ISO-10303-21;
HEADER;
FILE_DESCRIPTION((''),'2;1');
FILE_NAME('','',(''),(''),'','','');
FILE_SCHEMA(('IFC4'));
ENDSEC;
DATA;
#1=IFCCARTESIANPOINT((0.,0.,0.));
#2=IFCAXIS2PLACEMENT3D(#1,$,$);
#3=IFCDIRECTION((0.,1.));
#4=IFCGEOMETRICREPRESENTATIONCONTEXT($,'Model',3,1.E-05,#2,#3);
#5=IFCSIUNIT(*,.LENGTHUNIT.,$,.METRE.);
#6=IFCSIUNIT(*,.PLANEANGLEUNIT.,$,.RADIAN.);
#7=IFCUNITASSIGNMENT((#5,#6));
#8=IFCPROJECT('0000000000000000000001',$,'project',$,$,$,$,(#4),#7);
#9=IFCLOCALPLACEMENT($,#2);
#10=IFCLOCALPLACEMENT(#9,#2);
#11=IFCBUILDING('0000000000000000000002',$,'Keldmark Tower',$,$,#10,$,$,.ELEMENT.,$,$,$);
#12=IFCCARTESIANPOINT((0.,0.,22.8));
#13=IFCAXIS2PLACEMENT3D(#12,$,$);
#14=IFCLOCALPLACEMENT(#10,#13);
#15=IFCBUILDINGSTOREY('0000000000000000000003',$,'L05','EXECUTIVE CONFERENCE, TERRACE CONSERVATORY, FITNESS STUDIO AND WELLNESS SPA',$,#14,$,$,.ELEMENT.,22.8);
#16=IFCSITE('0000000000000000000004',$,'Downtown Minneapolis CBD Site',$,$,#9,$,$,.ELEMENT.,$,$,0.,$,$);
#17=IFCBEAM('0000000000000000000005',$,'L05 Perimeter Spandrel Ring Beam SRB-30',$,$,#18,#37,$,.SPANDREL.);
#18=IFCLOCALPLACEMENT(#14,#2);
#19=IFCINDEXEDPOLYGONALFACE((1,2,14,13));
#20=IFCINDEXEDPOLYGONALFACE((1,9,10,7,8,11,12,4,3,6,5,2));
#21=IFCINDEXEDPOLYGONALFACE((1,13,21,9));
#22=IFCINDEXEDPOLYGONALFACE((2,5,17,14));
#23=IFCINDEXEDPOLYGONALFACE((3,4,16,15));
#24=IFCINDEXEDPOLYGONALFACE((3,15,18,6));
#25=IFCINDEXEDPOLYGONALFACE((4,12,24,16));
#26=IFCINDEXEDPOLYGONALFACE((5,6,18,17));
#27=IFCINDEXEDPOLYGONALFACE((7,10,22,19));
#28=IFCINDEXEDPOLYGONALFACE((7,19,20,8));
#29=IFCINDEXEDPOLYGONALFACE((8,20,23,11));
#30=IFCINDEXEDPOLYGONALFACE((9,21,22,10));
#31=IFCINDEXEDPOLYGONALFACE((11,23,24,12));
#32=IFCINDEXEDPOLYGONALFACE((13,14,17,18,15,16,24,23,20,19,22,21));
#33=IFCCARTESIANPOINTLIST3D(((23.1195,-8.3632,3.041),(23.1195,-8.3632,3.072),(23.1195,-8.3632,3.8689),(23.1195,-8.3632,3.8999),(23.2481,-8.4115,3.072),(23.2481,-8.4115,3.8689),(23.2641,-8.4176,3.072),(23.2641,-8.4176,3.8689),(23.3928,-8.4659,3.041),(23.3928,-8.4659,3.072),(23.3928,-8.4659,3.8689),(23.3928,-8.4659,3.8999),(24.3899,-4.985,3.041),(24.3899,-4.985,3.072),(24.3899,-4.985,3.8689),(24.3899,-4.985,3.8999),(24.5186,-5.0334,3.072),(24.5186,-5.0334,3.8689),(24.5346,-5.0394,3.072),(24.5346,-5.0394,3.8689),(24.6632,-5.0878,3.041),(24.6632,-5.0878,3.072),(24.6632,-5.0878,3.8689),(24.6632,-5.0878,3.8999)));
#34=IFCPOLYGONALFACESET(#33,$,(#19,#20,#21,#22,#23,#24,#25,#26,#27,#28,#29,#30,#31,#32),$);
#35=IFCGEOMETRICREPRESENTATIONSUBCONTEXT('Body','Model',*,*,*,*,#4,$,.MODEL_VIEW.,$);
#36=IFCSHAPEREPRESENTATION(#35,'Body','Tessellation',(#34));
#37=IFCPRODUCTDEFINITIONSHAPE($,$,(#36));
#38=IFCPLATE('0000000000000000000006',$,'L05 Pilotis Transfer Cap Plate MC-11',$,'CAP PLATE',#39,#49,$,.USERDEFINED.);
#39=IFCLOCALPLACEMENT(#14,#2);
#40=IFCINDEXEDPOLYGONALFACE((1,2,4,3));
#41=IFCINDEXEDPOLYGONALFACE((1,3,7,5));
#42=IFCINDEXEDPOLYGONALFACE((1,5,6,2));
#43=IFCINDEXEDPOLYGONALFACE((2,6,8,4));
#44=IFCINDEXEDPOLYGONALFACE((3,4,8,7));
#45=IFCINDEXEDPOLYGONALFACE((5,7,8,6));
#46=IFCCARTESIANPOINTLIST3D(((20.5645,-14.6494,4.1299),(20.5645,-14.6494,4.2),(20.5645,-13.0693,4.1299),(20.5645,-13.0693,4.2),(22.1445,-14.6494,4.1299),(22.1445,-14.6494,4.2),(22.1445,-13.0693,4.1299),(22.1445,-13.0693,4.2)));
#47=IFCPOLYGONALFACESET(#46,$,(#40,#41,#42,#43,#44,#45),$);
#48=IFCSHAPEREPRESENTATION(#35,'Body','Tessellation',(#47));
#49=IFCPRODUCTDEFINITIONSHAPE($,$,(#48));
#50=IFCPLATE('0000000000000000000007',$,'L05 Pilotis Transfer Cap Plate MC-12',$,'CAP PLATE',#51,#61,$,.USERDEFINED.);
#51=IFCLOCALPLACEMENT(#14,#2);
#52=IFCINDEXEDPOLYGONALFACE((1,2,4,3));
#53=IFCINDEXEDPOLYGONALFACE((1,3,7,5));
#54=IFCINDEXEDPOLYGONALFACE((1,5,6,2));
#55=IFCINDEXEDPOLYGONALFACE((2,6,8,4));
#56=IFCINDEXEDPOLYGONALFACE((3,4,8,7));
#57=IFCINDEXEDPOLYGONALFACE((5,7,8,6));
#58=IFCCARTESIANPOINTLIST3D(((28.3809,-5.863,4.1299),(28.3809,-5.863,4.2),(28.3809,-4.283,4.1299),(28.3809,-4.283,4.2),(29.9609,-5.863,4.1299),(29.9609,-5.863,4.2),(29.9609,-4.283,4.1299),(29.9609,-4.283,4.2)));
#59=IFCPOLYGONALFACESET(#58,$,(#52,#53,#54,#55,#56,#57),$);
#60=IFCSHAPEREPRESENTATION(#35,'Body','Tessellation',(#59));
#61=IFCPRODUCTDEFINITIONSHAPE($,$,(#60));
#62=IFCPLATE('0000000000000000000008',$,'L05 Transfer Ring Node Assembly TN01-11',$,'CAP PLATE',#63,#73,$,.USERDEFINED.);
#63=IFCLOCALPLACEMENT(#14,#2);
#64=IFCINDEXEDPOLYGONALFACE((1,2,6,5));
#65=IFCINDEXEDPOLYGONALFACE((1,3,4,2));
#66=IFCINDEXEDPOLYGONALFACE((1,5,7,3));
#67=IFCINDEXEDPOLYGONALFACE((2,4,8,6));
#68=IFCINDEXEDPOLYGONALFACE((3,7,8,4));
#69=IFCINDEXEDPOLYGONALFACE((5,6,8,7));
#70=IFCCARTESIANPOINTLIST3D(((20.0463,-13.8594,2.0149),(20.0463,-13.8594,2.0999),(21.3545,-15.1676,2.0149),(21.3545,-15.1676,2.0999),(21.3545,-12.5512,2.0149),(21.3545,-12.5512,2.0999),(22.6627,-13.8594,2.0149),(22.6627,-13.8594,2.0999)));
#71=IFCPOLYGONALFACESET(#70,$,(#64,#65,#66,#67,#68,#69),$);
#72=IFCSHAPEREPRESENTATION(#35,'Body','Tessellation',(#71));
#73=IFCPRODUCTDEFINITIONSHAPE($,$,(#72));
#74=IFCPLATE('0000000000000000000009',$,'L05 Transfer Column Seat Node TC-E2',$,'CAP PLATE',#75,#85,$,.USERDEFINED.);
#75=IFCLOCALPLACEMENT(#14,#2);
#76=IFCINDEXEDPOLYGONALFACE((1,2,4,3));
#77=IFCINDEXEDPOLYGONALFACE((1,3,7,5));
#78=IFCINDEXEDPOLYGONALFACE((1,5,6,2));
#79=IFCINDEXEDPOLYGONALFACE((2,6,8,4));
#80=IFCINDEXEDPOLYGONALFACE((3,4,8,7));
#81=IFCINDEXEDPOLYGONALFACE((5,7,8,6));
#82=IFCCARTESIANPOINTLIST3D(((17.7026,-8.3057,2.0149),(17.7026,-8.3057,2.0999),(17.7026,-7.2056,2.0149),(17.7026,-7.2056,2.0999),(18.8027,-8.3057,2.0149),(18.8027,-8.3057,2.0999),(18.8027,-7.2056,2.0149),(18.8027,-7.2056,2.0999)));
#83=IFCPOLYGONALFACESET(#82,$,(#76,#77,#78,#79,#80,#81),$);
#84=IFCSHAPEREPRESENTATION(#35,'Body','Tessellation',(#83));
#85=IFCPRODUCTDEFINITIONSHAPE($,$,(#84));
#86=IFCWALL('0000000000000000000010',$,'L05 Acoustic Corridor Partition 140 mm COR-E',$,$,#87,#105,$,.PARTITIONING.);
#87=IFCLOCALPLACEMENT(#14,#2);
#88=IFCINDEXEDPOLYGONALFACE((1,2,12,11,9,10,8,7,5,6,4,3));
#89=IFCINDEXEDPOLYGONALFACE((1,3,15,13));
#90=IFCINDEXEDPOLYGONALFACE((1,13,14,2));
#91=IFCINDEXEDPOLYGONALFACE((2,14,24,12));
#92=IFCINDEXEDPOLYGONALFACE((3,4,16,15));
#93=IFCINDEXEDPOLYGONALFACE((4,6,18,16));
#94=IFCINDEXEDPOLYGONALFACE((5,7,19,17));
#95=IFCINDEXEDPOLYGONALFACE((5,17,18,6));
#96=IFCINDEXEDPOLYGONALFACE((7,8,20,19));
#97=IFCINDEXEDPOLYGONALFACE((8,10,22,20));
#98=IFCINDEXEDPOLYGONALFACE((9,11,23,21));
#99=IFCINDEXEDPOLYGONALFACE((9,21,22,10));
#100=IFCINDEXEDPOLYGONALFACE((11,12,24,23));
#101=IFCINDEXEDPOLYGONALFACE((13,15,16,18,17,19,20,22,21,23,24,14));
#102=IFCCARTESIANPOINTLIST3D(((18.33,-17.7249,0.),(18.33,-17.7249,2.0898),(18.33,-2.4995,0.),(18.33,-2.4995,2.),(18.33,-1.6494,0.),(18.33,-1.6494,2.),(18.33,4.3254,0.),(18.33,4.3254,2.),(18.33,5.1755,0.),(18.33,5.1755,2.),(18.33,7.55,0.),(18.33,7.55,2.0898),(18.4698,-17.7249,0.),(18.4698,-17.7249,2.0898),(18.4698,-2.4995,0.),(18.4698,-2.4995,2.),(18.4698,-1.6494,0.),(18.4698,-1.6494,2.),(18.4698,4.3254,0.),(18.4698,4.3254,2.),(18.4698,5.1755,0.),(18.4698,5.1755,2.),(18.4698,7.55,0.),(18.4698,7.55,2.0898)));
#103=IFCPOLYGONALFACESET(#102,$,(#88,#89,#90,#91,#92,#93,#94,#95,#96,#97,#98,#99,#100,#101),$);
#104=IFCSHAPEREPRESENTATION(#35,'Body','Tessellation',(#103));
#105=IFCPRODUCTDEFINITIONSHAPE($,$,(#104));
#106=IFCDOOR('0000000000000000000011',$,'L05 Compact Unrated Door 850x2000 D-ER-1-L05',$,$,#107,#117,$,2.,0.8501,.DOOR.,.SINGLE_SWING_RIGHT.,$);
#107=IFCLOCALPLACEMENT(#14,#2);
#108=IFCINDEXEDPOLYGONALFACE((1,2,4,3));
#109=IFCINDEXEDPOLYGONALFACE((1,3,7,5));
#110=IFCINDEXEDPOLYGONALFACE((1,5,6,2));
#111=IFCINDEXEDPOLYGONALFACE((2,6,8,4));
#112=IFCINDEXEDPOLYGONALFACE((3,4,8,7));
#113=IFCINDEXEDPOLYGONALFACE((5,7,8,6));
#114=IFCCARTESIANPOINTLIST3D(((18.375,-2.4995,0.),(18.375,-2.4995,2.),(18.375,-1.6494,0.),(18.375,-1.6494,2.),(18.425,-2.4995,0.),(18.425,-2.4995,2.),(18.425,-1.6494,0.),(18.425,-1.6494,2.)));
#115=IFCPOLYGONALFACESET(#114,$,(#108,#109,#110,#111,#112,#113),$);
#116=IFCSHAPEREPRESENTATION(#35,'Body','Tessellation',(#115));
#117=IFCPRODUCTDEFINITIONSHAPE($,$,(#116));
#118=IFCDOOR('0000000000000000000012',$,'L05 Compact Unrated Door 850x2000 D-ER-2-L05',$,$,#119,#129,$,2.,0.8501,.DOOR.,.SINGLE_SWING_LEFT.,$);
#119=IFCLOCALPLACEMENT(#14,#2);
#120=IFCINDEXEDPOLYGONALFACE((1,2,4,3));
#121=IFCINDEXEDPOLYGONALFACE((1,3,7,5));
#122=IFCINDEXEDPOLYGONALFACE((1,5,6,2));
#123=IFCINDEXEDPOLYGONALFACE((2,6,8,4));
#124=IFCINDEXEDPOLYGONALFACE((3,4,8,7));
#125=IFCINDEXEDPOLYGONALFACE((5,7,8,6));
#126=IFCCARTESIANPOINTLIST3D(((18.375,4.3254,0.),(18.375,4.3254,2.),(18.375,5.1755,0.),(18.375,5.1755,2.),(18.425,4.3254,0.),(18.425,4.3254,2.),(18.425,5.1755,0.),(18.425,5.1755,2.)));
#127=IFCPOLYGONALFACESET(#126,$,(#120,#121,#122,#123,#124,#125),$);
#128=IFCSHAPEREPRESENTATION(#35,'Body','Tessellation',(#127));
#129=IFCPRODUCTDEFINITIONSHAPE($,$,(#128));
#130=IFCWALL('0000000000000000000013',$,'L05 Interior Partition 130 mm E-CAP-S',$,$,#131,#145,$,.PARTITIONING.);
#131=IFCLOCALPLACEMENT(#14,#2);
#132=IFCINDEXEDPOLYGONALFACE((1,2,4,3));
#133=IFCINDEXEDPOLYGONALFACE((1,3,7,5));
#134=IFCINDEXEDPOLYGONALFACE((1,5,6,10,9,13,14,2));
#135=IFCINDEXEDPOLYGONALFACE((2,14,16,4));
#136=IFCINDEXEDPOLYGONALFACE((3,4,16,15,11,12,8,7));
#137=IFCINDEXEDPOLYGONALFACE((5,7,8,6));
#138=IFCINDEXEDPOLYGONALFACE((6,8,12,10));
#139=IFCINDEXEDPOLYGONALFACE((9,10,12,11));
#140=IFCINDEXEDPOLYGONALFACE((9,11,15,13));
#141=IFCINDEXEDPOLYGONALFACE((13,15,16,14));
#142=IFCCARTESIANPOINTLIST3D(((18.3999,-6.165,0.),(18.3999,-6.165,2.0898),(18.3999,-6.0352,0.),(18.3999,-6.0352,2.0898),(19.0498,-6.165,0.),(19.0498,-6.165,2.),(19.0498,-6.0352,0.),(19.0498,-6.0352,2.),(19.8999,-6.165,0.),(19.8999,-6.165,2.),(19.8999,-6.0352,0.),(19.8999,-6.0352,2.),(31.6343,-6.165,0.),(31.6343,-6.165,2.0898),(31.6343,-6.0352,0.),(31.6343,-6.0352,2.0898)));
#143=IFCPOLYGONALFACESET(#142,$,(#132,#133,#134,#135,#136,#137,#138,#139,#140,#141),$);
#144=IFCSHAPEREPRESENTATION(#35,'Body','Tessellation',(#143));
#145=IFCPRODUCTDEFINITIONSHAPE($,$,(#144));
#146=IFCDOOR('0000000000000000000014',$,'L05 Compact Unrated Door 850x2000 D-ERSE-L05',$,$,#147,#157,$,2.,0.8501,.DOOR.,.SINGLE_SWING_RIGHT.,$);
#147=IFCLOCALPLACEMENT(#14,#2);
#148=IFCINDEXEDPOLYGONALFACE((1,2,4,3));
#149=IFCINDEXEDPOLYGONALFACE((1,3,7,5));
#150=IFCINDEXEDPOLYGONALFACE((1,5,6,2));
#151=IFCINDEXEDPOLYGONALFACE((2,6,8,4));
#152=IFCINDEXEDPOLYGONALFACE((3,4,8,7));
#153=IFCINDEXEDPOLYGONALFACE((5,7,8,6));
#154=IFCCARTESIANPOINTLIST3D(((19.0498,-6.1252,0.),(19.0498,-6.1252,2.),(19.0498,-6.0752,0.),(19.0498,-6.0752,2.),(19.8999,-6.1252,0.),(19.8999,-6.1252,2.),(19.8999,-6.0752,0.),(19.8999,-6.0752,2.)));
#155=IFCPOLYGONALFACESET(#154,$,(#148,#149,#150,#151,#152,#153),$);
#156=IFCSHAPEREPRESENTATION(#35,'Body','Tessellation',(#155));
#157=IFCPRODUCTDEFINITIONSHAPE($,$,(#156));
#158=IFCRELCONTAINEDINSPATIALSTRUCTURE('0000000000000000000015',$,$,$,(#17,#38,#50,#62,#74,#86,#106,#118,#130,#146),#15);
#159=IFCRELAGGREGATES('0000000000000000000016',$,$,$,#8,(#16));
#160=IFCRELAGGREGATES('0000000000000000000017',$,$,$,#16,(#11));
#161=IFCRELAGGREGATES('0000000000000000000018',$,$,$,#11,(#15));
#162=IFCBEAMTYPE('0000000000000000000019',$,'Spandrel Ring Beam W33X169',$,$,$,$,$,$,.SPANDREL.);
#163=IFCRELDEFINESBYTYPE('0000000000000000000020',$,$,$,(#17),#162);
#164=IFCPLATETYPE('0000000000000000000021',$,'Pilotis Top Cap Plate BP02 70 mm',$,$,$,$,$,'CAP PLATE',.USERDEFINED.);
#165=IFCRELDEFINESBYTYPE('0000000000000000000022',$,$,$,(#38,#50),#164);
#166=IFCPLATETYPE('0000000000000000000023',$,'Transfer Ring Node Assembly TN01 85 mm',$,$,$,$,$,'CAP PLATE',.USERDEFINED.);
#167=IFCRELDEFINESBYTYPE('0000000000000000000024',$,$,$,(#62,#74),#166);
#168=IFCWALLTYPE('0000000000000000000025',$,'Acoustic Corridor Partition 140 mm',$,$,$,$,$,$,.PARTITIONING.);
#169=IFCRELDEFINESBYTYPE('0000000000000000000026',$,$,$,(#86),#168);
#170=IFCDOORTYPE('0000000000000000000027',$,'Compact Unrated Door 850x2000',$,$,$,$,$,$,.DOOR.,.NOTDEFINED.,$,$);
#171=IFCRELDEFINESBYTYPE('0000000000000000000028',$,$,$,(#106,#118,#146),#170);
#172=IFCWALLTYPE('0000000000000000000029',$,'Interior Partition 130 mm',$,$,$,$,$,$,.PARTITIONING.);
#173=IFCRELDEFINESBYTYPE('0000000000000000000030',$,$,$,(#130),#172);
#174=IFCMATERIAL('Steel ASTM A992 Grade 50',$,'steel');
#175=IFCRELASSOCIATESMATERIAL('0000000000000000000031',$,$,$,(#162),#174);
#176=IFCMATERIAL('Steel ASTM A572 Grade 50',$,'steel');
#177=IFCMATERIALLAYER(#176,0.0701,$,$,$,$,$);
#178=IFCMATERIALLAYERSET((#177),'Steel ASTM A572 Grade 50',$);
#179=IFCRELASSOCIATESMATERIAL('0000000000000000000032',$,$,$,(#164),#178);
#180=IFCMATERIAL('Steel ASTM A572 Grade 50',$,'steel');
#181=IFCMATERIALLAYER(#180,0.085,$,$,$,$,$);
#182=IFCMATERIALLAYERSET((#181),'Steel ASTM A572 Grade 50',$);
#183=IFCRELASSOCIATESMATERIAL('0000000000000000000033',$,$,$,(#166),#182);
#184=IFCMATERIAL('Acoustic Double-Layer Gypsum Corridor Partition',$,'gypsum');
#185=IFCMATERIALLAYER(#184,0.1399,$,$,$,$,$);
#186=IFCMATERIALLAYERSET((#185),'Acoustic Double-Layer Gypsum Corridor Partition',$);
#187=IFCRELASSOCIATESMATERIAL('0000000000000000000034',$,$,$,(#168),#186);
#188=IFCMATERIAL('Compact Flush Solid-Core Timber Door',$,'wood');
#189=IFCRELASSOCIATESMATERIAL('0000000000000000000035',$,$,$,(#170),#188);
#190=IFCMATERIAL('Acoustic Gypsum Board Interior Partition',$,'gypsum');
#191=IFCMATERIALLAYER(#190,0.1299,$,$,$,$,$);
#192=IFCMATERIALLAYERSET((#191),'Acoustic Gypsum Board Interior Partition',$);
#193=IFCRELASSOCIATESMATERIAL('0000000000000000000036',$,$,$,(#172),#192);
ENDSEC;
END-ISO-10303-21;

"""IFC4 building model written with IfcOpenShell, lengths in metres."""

from ifc_helpers import new_model, si_unit, direction, frame, frame_2d, origin, origin_2d, place, context, subcontext, project, spatial, rectangle, i_section, extrude, material, layer, layer_set, material_profile, profile_set, type_object, element, fill, save


model = new_model("IFC4")

# Units and contexts
model_context = context("Model", 3, precision=1e-05, world=origin(), true_north=direction((0.0, 1.0)))
body_context = subcontext(model_context, "Body", "Model", "MODEL_VIEW")
ifc_project = project(units=[si_unit("LENGTHUNIT", "METRE"), si_unit("PLANEANGLEUNIT", "RADIAN")], contexts=[model_context])

# Site, building, storey
site_placement = place(None, origin())
site = spatial("IfcSite", under=ifc_project, at=site_placement, Name="Downtown Minneapolis CBD Site", CompositionType="ELEMENT", RefElevation=0.0)
building_placement = place(site_placement, origin())
building = spatial("IfcBuilding", under=site, at=building_placement, Name="Keldmark Tower", CompositionType="ELEMENT")
storey_placement = place(building_placement, frame((0.0, 0.0, 22.8)))
storey = spatial("IfcBuildingStorey", under=building, at=storey_placement, Name="L05", Description="EXECUTIVE CONFERENCE, TERRACE CONSERVATORY, FITNESS STUDIO AND WELLNESS SPA", CompositionType="ELEMENT", Elevation=22.8)

# Beam
ifc_material_1 = material(Name="Steel ASTM A992 Grade 50", Category="steel")
ifc_material_profile_1 = material_profile(ifc_material_1, i_section(OverallWidth=0.292, OverallDepth=0.8589, WebThickness=0.0171, FlangeThickness=0.031, at=origin_2d()), Name="W33X169")
ifc_profile_set_1 = profile_set([ifc_material_profile_1], Name="Steel ASTM A992 Grade 50")
beam_type_1 = type_object("IfcBeamType", Name="Spandrel Ring Beam W33X169", PredefinedType="SPANDREL", material=ifc_profile_set_1)
beam_1_placement = place(storey_placement, frame((23.2561, -8.4146, 3.4705), z_axis=(0.35202, 0.935992, 0.0), x_axis=(-0.935992, 0.35202, 0.0)))
element("IfcBeam", 1, at=beam_1_placement, inside=storey, type_object=beam_type_1, Name="L05 Perimeter Spandrel Ring Beam SRB-30", PredefinedType="SPANDREL", context=body_context, shape_type="SweptSolid", body=[
    extrude(i_section(OverallWidth=0.292, OverallDepth=0.8589, WebThickness=0.0171, FlangeThickness=0.031, at=origin_2d()), origin(), (0.0, 0.0, 1.0), 3.6091),
])

# Plates
ifc_material_2 = material(Name="Steel ASTM A572 Grade 50", Category="steel")
ifc_layer_1 = layer(ifc_material_2, 0.0701)
ifc_layer_set_1 = layer_set([ifc_layer_1], Name="Steel ASTM A572 Grade 50")
plate_type_1 = type_object("IfcPlateType", Name="Pilotis Top Cap Plate BP02 70 mm", ElementType="CAP PLATE", PredefinedType="USERDEFINED", material=ifc_layer_set_1)
for number, where, z_axis, x_axis, name in (
    (2, (21.3545, -13.8594, 4.1299), (0.0, 0.0, 1.0), (1.0, 0.0, 0.0), "L05 Pilotis Transfer Cap Plate MC-11"),
    (3, (29.1709, -5.073, 4.1299), (0.0, 0.0, 1.0), (1.0, 0.0, 0.0), "L05 Pilotis Transfer Cap Plate MC-12"),
):
    element("IfcPlate", number, at=place(storey_placement, frame(where, z_axis=z_axis, x_axis=x_axis)), inside=storey, type_object=plate_type_1, Name=name, ObjectType="CAP PLATE", PredefinedType="USERDEFINED", context=body_context, shape_type="SweptSolid", body=[
        extrude(rectangle(XDim=1.5801, YDim=1.5801, at=origin_2d()), origin(), (0.0, 0.0, 1.0), 0.0701),
    ])
ifc_material_3 = material(Name="Steel ASTM A572 Grade 50", Category="steel")
ifc_layer_2 = layer(ifc_material_3, 0.085)
ifc_layer_set_2 = layer_set([ifc_layer_2], Name="Steel ASTM A572 Grade 50")
plate_type_2 = type_object("IfcPlateType", Name="Transfer Ring Node Assembly TN01 85 mm", ElementType="CAP PLATE", PredefinedType="USERDEFINED", material=ifc_layer_set_2)
plate_1_placement = place(storey_placement, frame((21.3545, -13.8594, 2.0149), z_axis=(0.0, 0.0, 1.0), x_axis=(0.707107, -0.707107, 0.0)))
element("IfcPlate", 4, at=plate_1_placement, inside=storey, type_object=plate_type_2, Name="L05 Transfer Ring Node Assembly TN01-11", ObjectType="CAP PLATE", PredefinedType="USERDEFINED", context=body_context, shape_type="SweptSolid", body=[
    extrude(rectangle(XDim=1.8501, YDim=1.8501, at=origin_2d()), origin(), (0.0, 0.0, 1.0), 0.085),
])
plate_2_placement = place(storey_placement, frame((18.2527, -7.7556, 2.0149), z_axis=(0.0, 0.0, 1.0), x_axis=(1.0, 0.0, 0.0)))
element("IfcPlate", 5, at=plate_2_placement, inside=storey, type_object=plate_type_2, Name="L05 Transfer Column Seat Node TC-E2", ObjectType="CAP PLATE", PredefinedType="USERDEFINED", context=body_context, shape_type="SweptSolid", body=[
    extrude(rectangle(XDim=1.1001, YDim=1.1001, at=origin_2d()), origin(), (0.0, 0.0, 1.0), 0.085),
])

# Wall, openings, doors
ifc_material_4 = material(Name="Acoustic Double-Layer Gypsum Corridor Partition", Category="gypsum")
ifc_layer_3 = layer(ifc_material_4, 0.1399)
ifc_layer_set_3 = layer_set([ifc_layer_3], Name="Acoustic Double-Layer Gypsum Corridor Partition")
wall_type_1 = type_object("IfcWallType", Name="Acoustic Corridor Partition 140 mm", PredefinedType="PARTITIONING", material=ifc_layer_set_3)
wall_1_placement = place(storey_placement, frame((18.3999, -17.7249, 0.0), z_axis=(0.0, 0.0, 1.0), x_axis=(0.0, 1.0, 0.0)))
wall_1 = element("IfcWall", 6, at=wall_1_placement, inside=storey, type_object=wall_type_1, Name="L05 Acoustic Corridor Partition 140 mm COR-E", PredefinedType="PARTITIONING", context=body_context, shape_type="SweptSolid", body=[
    extrude(rectangle(XDim=25.2749, YDim=0.1399, at=frame_2d((12.6375, 0.0))), origin(), (0.0, 0.0, 1.0), 2.0898),
])
opening_1_placement = place(wall_1_placement, frame((15.2253, 0.0, 0.0)))
opening_1 = element("IfcOpeningElement", 7, at=opening_1_placement, cuts=wall_1, PredefinedType="OPENING", context=body_context, shape_type="SweptSolid", body=[
    extrude(rectangle(XDim=0.8501, YDim=2.0, at=frame_2d((0.425, 1.0))), frame((0.0, 0.0798, 0.0), z_axis=(0.0, -1.0, 0.0), x_axis=(1.0, 0.0, 0.0)), (0.0, 0.0, 1.0), 0.1599),
])
opening_2_placement = place(wall_1_placement, frame((22.0503, 0.0, 0.0)))
opening_2 = element("IfcOpeningElement", 8, at=opening_2_placement, cuts=wall_1, PredefinedType="OPENING", context=body_context, shape_type="SweptSolid", body=[
    extrude(rectangle(XDim=0.8501, YDim=2.0, at=frame_2d((0.425, 1.0))), frame((0.0, 0.0798, 0.0), z_axis=(0.0, -1.0, 0.0), x_axis=(1.0, 0.0, 0.0)), (0.0, 0.0, 1.0), 0.1599),
])
ifc_material_5 = material(Name="Compact Flush Solid-Core Timber Door", Category="wood")
door_type = type_object("IfcDoorType", Name="Compact Unrated Door 850x2000", OperationType="NOTDEFINED", PredefinedType="DOOR", material=ifc_material_5)
door_1_placement = place(opening_1_placement, origin())
door_1 = element("IfcDoor", 9, at=door_1_placement, inside=storey, type_object=door_type, Name="L05 Compact Unrated Door 850x2000 D-ER-1-L05", OperationType="SINGLE_SWING_RIGHT", OverallHeight=2.0, OverallWidth=0.8501, PredefinedType="DOOR", context=body_context, shape_type="SweptSolid", body=[
    extrude(rectangle(XDim=0.8501, YDim=2.0, at=frame_2d((0.425, 1.0))), frame((0.0, 0.0249, 0.0), z_axis=(0.0, -1.0, 0.0), x_axis=(1.0, 0.0, 0.0)), (0.0, 0.0, 1.0), 0.05),
])
fill(opening_1, door_1)
door_2_placement = place(opening_2_placement, origin())
door_2 = element("IfcDoor", 10, at=door_2_placement, inside=storey, type_object=door_type, Name="L05 Compact Unrated Door 850x2000 D-ER-2-L05", OperationType="SINGLE_SWING_LEFT", OverallHeight=2.0, OverallWidth=0.8501, PredefinedType="DOOR", context=body_context, shape_type="SweptSolid", body=[
    extrude(rectangle(XDim=0.8501, YDim=2.0, at=frame_2d((0.425, 1.0))), frame((0.0, 0.0249, 0.0), z_axis=(0.0, -1.0, 0.0), x_axis=(1.0, 0.0, 0.0)), (0.0, 0.0, 1.0), 0.05),
])
fill(opening_2, door_2)

# Wall, opening, door
ifc_material_6 = material(Name="Acoustic Gypsum Board Interior Partition", Category="gypsum")
ifc_layer_4 = layer(ifc_material_6, 0.1299)
ifc_layer_set_4 = layer_set([ifc_layer_4], Name="Acoustic Gypsum Board Interior Partition")
wall_type_2 = type_object("IfcWallType", Name="Interior Partition 130 mm", PredefinedType="PARTITIONING", material=ifc_layer_set_4)
wall_2_placement = place(storey_placement, frame((18.3999, -6.1001, 0.0), z_axis=(0.0, 0.0, 1.0), x_axis=(1.0, 0.0, 0.0)))
wall_2 = element("IfcWall", 11, at=wall_2_placement, inside=storey, type_object=wall_type_2, Name="L05 Interior Partition 130 mm E-CAP-S", PredefinedType="PARTITIONING", context=body_context, shape_type="SweptSolid", body=[
    extrude(rectangle(XDim=13.2344, YDim=0.1299, at=frame_2d((6.6172, 0.0))), origin(), (0.0, 0.0, 1.0), 2.0898),
])
opening_3_placement = place(wall_2_placement, frame((0.6499, 0.0, 0.0)))
opening_3 = element("IfcOpeningElement", 12, at=opening_3_placement, cuts=wall_2, PredefinedType="OPENING", context=body_context, shape_type="SweptSolid", body=[
    extrude(rectangle(XDim=0.8501, YDim=2.0, at=frame_2d((0.425, 1.0))), frame((0.0, 0.075, 0.0), z_axis=(0.0, -1.0, 0.0), x_axis=(1.0, 0.0, 0.0)), (0.0, 0.0, 1.0), 0.1499),
])
door_3_placement = place(opening_3_placement, origin())
door_3 = element("IfcDoor", 13, at=door_3_placement, inside=storey, type_object=door_type, Name="L05 Compact Unrated Door 850x2000 D-ERSE-L05", OperationType="SINGLE_SWING_RIGHT", OverallHeight=2.0, OverallWidth=0.8501, PredefinedType="DOOR", context=body_context, shape_type="SweptSolid", body=[
    extrude(rectangle(XDim=0.8501, YDim=2.0, at=frame_2d((0.425, 1.0))), frame((0.0, 0.0249, 0.0), z_axis=(0.0, -1.0, 0.0), x_axis=(1.0, 0.0, 0.0)), (0.0, 0.0, 1.0), 0.05),
])
fill(opening_3, door_3)

save(model, "model.ifc")
